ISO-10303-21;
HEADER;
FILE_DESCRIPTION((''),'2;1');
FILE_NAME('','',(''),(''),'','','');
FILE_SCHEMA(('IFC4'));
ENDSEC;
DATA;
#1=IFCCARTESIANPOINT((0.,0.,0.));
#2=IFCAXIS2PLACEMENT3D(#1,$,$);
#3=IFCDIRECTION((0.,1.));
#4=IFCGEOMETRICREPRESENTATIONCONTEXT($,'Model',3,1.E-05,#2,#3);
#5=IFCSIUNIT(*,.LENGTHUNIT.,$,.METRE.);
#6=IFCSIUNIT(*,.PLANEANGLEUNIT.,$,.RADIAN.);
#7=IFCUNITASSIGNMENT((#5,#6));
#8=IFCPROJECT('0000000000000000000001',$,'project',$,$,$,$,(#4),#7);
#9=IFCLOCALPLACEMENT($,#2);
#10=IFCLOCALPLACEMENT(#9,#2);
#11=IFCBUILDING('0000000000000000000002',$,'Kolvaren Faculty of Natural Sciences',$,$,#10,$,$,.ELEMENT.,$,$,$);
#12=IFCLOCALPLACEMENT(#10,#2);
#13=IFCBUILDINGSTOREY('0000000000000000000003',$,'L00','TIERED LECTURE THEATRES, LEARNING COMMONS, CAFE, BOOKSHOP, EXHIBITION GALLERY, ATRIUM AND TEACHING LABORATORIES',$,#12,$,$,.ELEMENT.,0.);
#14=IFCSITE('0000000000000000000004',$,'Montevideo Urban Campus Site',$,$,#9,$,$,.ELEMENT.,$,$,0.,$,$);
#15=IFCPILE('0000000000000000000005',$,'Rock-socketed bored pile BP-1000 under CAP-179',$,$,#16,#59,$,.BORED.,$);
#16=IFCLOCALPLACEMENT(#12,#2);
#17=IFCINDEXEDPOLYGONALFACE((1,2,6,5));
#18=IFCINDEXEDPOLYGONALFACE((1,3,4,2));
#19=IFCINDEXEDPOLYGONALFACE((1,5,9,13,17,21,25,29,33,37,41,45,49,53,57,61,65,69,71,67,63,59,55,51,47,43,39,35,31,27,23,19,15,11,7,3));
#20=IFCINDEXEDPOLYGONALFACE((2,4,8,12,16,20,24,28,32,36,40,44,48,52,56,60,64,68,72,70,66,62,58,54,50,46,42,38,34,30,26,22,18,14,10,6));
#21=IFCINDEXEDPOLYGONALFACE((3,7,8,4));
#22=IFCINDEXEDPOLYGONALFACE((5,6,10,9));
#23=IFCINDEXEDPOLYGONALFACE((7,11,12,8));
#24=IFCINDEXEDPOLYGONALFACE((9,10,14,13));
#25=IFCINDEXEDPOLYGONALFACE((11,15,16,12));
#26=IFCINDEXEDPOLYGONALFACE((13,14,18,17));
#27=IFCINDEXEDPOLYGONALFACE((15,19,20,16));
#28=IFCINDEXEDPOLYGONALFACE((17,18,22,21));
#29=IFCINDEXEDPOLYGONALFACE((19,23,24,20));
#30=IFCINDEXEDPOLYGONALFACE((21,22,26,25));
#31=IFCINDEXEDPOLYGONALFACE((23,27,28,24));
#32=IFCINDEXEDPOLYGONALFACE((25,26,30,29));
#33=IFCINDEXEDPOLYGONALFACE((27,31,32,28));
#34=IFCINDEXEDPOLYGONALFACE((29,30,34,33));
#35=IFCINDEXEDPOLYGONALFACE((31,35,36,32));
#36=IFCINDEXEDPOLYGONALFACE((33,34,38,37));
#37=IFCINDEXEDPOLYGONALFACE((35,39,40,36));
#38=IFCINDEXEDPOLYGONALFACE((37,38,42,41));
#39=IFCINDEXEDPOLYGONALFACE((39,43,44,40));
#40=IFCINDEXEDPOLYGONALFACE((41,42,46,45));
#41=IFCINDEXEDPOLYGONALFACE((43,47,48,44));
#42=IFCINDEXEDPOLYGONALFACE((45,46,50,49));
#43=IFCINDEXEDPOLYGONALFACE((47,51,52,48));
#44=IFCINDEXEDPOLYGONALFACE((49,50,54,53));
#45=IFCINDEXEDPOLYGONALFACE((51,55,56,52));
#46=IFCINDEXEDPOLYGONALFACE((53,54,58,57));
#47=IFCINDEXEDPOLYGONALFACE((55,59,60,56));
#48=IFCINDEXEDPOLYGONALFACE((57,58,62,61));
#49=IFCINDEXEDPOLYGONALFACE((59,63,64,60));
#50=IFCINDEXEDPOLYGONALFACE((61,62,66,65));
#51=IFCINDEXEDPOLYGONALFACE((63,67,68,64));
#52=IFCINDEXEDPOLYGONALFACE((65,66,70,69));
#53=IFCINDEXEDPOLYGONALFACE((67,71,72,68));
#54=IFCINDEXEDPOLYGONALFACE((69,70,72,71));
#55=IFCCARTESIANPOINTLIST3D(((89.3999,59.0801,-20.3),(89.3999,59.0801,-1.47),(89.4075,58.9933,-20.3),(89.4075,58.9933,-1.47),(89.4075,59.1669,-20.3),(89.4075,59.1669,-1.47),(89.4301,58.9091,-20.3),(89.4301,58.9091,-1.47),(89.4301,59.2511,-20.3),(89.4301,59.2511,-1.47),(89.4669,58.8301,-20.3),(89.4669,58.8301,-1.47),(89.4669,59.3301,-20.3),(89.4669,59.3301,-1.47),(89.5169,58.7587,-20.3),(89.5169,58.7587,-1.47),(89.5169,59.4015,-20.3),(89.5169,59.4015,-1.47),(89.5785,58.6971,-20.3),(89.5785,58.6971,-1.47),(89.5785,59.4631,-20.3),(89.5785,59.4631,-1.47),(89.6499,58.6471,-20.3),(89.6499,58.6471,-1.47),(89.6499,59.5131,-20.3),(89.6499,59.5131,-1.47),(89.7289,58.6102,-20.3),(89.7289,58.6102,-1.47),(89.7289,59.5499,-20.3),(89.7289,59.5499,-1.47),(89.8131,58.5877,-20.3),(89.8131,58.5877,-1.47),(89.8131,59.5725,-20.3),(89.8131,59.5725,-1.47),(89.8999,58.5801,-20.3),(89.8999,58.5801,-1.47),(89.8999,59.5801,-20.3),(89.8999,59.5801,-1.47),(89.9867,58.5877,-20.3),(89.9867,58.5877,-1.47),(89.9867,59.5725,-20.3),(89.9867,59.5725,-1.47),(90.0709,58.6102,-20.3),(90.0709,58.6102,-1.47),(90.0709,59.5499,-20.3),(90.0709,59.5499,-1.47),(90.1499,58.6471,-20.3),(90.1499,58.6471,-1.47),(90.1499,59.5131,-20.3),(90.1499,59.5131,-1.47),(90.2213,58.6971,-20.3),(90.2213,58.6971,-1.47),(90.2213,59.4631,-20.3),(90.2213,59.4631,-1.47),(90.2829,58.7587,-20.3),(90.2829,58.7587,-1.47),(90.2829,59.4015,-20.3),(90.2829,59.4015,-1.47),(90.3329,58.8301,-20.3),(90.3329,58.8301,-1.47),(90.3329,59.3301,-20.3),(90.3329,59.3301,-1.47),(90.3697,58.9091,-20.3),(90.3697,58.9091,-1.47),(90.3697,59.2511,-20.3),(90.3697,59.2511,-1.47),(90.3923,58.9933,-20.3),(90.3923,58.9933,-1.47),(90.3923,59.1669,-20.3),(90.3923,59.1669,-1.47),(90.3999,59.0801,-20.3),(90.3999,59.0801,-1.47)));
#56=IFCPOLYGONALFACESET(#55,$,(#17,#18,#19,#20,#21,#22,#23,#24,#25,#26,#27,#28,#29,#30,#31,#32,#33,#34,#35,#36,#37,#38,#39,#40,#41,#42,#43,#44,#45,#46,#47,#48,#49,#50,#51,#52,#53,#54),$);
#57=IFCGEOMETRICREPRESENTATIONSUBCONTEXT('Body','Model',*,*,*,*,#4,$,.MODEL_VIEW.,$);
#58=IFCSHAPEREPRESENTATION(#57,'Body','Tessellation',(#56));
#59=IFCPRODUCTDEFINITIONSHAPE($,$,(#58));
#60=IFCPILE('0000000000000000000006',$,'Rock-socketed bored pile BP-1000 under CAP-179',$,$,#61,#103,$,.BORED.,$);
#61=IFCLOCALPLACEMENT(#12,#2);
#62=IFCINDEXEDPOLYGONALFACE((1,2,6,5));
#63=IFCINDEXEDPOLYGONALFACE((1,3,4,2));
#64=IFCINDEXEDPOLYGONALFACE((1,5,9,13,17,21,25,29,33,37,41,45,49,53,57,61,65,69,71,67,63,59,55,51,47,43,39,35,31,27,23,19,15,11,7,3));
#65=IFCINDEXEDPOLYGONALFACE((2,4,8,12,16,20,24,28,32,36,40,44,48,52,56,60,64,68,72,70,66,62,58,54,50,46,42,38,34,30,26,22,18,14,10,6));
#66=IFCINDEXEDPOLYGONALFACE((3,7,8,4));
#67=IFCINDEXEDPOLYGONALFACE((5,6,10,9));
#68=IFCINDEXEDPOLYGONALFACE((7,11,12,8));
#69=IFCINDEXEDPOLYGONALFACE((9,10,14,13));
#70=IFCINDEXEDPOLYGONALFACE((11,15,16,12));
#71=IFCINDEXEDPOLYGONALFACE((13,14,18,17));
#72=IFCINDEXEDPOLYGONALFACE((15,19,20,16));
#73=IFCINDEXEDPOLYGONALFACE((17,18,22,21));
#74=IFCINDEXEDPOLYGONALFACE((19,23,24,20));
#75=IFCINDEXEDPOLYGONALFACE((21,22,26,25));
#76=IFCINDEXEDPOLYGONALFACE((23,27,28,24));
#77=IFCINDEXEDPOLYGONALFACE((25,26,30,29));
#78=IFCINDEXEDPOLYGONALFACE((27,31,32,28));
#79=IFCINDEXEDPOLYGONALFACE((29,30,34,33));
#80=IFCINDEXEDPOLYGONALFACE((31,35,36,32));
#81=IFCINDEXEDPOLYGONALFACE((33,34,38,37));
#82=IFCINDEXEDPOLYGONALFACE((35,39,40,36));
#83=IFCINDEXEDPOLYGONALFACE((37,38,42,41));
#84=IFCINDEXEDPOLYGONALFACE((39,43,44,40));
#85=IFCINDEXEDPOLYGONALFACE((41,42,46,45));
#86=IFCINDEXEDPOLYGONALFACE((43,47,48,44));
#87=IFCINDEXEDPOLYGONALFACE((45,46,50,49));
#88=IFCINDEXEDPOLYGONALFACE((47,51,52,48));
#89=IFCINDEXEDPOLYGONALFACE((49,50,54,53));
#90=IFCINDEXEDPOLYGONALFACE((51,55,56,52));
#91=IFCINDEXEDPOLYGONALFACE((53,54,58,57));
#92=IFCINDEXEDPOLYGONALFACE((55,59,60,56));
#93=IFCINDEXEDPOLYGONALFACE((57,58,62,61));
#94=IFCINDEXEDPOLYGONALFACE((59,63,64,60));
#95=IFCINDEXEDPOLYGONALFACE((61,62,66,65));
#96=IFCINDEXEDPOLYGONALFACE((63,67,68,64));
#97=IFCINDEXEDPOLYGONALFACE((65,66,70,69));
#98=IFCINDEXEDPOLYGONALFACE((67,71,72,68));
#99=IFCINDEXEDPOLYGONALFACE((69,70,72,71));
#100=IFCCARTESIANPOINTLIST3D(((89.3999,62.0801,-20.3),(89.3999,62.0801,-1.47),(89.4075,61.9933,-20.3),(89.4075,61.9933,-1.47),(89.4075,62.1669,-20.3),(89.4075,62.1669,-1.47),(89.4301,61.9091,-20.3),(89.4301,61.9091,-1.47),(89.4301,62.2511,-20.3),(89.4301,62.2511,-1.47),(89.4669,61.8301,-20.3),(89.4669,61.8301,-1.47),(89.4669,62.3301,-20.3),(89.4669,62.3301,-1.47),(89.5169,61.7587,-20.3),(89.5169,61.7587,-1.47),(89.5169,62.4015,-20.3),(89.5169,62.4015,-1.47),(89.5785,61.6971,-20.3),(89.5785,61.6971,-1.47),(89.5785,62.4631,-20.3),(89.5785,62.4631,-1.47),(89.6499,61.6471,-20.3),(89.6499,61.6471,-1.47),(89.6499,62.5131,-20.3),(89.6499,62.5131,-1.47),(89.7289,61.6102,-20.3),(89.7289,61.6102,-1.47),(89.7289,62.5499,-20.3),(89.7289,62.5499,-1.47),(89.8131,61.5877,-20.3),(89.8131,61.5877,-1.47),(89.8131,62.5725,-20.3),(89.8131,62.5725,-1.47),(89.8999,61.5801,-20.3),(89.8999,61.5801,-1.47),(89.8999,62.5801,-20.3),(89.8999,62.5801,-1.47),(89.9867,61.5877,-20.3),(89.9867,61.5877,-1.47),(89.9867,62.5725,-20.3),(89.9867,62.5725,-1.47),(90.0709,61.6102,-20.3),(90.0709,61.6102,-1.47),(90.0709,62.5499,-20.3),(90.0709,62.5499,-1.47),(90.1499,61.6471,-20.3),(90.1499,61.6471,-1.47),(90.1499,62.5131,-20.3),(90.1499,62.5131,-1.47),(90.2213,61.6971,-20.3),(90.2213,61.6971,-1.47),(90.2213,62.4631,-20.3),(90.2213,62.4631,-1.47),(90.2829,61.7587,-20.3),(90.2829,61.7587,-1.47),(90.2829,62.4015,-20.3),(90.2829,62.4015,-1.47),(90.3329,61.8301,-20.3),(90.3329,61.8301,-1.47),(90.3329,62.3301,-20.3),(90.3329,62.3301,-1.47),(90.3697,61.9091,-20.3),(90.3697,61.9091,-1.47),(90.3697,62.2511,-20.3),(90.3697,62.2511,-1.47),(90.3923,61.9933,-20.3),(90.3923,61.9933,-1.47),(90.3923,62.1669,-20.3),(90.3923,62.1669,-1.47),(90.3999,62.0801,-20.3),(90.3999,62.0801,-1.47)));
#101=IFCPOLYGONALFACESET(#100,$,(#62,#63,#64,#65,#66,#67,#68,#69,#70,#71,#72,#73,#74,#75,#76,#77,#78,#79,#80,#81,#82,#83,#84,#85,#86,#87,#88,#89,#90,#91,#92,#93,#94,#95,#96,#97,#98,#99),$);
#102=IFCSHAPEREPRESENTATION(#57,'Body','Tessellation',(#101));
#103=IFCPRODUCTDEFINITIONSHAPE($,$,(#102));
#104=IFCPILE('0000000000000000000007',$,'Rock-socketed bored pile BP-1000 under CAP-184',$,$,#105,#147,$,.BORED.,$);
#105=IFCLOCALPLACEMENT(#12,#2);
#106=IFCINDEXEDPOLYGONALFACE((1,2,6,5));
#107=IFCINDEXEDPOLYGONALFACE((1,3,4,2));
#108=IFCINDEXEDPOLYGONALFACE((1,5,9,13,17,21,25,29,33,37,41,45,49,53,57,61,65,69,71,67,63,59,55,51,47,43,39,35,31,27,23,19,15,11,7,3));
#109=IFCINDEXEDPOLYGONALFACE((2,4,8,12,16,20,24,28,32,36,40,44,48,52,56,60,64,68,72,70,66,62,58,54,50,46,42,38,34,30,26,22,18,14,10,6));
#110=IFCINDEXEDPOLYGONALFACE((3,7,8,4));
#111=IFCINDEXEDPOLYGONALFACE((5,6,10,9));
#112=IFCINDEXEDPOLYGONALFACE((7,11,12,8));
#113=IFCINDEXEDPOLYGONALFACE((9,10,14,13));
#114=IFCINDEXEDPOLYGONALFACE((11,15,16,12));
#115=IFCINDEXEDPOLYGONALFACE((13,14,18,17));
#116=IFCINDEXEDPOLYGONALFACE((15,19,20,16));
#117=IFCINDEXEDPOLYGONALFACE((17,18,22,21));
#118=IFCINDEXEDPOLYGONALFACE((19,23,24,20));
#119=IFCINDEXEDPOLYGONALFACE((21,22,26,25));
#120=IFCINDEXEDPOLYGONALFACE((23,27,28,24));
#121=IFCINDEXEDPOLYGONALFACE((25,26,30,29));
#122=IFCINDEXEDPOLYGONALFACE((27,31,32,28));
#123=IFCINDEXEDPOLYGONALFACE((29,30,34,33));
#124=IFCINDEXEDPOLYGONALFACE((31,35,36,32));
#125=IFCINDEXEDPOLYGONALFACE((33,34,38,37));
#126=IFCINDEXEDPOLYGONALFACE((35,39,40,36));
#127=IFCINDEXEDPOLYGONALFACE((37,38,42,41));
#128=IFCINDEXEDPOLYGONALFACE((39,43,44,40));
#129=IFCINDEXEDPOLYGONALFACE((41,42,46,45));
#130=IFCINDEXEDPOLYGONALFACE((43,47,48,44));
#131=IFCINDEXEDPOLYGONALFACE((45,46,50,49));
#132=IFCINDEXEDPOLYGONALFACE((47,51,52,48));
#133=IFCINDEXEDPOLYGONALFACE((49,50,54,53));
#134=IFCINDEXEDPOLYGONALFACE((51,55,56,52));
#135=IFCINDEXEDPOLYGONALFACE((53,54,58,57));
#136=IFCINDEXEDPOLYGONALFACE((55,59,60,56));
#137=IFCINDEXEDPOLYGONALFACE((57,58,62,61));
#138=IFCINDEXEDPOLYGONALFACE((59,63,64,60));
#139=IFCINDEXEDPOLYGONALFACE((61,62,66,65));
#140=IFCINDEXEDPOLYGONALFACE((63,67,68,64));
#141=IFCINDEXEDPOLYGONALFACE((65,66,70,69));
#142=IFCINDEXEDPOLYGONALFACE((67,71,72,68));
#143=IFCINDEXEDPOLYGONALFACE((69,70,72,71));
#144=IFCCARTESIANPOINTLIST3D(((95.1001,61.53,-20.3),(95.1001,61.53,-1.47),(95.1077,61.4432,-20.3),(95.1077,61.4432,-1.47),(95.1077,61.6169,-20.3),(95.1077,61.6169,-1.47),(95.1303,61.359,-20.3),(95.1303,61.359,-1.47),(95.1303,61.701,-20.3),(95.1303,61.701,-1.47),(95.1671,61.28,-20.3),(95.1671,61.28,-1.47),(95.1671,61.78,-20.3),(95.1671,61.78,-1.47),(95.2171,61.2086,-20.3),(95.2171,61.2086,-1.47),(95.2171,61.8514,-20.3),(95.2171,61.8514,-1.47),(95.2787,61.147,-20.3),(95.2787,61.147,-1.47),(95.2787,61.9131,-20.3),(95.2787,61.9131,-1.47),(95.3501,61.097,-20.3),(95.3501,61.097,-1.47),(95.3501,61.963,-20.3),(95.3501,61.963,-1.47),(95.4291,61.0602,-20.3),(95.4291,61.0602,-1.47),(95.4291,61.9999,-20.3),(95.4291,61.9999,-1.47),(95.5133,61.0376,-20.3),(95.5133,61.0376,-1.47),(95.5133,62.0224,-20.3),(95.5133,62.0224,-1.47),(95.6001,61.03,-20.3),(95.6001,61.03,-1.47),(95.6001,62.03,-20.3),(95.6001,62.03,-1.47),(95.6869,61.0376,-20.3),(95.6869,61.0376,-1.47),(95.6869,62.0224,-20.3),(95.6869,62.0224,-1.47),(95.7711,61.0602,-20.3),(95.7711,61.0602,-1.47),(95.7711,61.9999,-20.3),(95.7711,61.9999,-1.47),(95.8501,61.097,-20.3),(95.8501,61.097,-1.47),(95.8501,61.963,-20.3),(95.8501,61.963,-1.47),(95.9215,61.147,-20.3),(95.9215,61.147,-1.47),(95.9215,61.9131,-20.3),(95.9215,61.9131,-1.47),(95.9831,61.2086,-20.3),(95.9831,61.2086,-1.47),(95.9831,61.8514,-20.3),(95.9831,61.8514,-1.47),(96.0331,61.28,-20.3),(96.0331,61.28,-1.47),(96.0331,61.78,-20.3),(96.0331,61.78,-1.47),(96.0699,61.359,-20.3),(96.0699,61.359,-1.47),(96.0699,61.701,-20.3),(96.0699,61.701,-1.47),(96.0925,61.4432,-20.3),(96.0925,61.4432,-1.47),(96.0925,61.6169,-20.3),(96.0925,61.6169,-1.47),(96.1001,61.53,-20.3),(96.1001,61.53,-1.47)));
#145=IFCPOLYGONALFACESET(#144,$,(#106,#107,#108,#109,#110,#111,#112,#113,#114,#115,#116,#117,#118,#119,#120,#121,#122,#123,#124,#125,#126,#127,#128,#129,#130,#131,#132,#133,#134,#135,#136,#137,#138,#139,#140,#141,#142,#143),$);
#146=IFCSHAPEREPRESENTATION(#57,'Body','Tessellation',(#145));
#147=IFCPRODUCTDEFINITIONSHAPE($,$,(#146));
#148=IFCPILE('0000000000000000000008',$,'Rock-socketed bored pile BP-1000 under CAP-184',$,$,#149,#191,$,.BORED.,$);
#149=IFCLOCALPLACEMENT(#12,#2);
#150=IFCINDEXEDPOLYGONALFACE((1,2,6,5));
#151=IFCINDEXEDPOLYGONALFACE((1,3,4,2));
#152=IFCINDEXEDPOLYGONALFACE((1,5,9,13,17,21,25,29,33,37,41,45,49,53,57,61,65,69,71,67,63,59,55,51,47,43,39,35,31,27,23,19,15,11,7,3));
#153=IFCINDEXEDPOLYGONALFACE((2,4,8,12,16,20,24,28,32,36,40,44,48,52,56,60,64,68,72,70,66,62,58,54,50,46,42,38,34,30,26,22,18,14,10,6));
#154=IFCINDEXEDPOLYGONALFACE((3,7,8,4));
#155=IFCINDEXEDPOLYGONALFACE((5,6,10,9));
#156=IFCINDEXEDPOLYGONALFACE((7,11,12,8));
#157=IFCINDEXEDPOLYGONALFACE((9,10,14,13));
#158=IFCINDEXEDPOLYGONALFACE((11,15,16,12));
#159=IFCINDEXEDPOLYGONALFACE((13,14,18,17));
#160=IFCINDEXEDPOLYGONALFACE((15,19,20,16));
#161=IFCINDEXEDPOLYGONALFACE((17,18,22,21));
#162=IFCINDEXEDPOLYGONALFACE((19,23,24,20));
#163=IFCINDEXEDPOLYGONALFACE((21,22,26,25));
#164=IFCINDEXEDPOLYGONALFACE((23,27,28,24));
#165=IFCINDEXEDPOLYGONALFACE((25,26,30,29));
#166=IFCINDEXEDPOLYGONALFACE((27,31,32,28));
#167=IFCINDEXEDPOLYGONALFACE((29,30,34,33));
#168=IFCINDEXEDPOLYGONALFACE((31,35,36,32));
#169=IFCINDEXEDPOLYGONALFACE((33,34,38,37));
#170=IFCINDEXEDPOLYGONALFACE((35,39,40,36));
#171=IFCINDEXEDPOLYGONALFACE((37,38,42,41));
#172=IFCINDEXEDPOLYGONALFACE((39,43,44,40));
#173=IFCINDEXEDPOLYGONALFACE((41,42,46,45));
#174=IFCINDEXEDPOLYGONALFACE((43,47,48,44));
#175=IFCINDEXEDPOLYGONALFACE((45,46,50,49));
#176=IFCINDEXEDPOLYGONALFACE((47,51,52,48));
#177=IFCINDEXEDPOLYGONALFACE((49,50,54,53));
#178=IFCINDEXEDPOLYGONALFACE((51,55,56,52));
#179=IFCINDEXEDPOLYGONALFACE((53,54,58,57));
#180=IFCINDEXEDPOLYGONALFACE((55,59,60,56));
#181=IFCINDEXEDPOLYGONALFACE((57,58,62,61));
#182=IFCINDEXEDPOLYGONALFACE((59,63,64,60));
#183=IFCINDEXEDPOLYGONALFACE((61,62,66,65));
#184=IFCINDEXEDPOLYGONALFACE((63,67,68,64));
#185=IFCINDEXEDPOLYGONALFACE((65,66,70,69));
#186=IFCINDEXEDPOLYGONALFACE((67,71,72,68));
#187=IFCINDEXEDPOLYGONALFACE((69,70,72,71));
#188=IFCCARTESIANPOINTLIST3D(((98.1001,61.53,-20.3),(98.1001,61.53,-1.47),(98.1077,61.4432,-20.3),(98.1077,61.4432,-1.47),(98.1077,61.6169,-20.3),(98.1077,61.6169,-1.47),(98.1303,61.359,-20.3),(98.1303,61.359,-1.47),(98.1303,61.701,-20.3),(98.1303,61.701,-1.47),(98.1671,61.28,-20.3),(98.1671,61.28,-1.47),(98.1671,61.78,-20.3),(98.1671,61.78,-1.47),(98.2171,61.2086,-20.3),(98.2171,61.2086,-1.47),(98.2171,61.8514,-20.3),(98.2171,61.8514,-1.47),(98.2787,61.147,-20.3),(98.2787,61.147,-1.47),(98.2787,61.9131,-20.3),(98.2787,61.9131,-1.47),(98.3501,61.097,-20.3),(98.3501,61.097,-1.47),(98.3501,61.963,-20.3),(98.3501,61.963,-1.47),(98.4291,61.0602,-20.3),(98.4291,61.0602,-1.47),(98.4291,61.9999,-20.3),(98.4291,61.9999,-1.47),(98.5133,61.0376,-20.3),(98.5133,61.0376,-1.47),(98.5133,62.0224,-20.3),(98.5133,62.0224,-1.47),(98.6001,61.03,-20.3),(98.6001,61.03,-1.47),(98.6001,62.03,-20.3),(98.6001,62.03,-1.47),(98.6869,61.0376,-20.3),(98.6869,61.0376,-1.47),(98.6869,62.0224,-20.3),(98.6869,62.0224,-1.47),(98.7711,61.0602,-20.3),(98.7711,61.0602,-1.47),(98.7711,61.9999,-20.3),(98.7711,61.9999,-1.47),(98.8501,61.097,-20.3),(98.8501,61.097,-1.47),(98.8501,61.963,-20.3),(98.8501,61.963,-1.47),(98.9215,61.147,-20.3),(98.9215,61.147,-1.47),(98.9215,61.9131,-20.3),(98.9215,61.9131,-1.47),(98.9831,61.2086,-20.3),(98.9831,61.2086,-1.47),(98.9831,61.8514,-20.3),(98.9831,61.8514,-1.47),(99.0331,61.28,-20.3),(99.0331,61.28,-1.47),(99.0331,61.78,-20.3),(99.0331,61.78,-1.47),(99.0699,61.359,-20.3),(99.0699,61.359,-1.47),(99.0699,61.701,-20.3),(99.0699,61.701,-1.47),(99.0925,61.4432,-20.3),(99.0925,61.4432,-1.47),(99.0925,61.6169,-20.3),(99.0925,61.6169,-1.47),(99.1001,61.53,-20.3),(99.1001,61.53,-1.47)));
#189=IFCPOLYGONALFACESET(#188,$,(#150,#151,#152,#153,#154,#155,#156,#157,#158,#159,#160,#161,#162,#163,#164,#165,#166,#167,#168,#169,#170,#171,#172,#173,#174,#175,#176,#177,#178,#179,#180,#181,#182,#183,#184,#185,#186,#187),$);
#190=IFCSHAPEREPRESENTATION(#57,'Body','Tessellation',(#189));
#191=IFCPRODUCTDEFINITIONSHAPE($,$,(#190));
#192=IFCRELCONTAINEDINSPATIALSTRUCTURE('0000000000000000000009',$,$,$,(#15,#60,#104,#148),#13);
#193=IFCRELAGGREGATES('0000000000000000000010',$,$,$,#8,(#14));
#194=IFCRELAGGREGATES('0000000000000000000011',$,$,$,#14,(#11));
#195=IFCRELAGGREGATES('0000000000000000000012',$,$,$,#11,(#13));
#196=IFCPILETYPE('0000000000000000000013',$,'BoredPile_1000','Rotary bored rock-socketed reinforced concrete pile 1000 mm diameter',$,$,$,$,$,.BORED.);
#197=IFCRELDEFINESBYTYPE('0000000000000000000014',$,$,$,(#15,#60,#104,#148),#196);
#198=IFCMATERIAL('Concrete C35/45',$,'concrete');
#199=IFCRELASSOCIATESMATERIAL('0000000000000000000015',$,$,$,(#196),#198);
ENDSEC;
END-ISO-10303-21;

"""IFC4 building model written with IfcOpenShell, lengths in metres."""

from ifc_helpers import new_model, si_unit, direction, frame, origin, origin_2d, place, context, subcontext, project, spatial, circle, extrude, material, material_profile, profile_set, type_object, element, save


model = new_model("IFC4")

# Units and contexts
model_context = context("Model", 3, precision=1e-05, world=origin(), true_north=direction((0.0, 1.0)))
body_context = subcontext(model_context, "Body", "Model", "MODEL_VIEW")
ifc_project = project(units=[si_unit("LENGTHUNIT", "METRE"), si_unit("PLANEANGLEUNIT", "RADIAN")], contexts=[model_context])

# Site, building, storey
site_placement = place(None, origin())
site = spatial("IfcSite", under=ifc_project, at=site_placement, Name="Montevideo Urban Campus Site", CompositionType="ELEMENT", RefElevation=0.0)
building_placement = place(site_placement, origin())
building = spatial("IfcBuilding", under=site, at=building_placement, Name="Kolvaren Faculty of Natural Sciences", CompositionType="ELEMENT")
storey_placement = place(building_placement, origin())
storey = spatial("IfcBuildingStorey", under=building, at=storey_placement, Name="L00", Description="TIERED LECTURE THEATRES, LEARNING COMMONS, CAFE, BOOKSHOP, EXHIBITION GALLERY, ATRIUM AND TEACHING LABORATORIES", CompositionType="ELEMENT", Elevation=0.0)

# Piles
ifc_material_1 = material(Name="Concrete C35/45", Category="concrete")
ifc_material_profile_1 = material_profile(ifc_material_1, circle(Radius=0.5, at=origin_2d()), Name="PILE D1000")
ifc_profile_set_1 = profile_set([ifc_material_profile_1], Name="Concrete C35/45")
pile_type_1 = type_object("IfcPileType", Name="BoredPile_1000", Description="Rotary bored rock-socketed reinforced concrete pile 1000 mm diameter", PredefinedType="BORED", material=ifc_profile_set_1)
for number, where, z_axis, x_axis, name in (
    (1, (89.8999, 59.0801, -1.47), (0.0, 0.0, -1.0), (1.0, 0.0, 0.0), "Rock-socketed bored pile BP-1000 under CAP-179"),
    (2, (89.8999, 62.0801, -1.47), (0.0, 0.0, -1.0), (1.0, 0.0, 0.0), "Rock-socketed bored pile BP-1000 under CAP-179"),
    (3, (95.6001, 61.53, -1.47), (0.0, 0.0, -1.0), (1.0, 0.0, 0.0), "Rock-socketed bored pile BP-1000 under CAP-184"),
    (4, (98.6001, 61.53, -1.47), (0.0, 0.0, -1.0), (1.0, 0.0, 0.0), "Rock-socketed bored pile BP-1000 under CAP-184"),
):
    element("IfcPile", number, at=place(storey_placement, frame(where, z_axis=z_axis, x_axis=x_axis)), inside=storey, type_object=pile_type_1, Name=name, PredefinedType="BORED", context=body_context, shape_type="SweptSolid", body=[
        extrude(circle(Radius=0.5, at=origin_2d()), origin(), (0.0, 0.0, 1.0), 18.8301),
    ])

save(model, "model.ifc")
